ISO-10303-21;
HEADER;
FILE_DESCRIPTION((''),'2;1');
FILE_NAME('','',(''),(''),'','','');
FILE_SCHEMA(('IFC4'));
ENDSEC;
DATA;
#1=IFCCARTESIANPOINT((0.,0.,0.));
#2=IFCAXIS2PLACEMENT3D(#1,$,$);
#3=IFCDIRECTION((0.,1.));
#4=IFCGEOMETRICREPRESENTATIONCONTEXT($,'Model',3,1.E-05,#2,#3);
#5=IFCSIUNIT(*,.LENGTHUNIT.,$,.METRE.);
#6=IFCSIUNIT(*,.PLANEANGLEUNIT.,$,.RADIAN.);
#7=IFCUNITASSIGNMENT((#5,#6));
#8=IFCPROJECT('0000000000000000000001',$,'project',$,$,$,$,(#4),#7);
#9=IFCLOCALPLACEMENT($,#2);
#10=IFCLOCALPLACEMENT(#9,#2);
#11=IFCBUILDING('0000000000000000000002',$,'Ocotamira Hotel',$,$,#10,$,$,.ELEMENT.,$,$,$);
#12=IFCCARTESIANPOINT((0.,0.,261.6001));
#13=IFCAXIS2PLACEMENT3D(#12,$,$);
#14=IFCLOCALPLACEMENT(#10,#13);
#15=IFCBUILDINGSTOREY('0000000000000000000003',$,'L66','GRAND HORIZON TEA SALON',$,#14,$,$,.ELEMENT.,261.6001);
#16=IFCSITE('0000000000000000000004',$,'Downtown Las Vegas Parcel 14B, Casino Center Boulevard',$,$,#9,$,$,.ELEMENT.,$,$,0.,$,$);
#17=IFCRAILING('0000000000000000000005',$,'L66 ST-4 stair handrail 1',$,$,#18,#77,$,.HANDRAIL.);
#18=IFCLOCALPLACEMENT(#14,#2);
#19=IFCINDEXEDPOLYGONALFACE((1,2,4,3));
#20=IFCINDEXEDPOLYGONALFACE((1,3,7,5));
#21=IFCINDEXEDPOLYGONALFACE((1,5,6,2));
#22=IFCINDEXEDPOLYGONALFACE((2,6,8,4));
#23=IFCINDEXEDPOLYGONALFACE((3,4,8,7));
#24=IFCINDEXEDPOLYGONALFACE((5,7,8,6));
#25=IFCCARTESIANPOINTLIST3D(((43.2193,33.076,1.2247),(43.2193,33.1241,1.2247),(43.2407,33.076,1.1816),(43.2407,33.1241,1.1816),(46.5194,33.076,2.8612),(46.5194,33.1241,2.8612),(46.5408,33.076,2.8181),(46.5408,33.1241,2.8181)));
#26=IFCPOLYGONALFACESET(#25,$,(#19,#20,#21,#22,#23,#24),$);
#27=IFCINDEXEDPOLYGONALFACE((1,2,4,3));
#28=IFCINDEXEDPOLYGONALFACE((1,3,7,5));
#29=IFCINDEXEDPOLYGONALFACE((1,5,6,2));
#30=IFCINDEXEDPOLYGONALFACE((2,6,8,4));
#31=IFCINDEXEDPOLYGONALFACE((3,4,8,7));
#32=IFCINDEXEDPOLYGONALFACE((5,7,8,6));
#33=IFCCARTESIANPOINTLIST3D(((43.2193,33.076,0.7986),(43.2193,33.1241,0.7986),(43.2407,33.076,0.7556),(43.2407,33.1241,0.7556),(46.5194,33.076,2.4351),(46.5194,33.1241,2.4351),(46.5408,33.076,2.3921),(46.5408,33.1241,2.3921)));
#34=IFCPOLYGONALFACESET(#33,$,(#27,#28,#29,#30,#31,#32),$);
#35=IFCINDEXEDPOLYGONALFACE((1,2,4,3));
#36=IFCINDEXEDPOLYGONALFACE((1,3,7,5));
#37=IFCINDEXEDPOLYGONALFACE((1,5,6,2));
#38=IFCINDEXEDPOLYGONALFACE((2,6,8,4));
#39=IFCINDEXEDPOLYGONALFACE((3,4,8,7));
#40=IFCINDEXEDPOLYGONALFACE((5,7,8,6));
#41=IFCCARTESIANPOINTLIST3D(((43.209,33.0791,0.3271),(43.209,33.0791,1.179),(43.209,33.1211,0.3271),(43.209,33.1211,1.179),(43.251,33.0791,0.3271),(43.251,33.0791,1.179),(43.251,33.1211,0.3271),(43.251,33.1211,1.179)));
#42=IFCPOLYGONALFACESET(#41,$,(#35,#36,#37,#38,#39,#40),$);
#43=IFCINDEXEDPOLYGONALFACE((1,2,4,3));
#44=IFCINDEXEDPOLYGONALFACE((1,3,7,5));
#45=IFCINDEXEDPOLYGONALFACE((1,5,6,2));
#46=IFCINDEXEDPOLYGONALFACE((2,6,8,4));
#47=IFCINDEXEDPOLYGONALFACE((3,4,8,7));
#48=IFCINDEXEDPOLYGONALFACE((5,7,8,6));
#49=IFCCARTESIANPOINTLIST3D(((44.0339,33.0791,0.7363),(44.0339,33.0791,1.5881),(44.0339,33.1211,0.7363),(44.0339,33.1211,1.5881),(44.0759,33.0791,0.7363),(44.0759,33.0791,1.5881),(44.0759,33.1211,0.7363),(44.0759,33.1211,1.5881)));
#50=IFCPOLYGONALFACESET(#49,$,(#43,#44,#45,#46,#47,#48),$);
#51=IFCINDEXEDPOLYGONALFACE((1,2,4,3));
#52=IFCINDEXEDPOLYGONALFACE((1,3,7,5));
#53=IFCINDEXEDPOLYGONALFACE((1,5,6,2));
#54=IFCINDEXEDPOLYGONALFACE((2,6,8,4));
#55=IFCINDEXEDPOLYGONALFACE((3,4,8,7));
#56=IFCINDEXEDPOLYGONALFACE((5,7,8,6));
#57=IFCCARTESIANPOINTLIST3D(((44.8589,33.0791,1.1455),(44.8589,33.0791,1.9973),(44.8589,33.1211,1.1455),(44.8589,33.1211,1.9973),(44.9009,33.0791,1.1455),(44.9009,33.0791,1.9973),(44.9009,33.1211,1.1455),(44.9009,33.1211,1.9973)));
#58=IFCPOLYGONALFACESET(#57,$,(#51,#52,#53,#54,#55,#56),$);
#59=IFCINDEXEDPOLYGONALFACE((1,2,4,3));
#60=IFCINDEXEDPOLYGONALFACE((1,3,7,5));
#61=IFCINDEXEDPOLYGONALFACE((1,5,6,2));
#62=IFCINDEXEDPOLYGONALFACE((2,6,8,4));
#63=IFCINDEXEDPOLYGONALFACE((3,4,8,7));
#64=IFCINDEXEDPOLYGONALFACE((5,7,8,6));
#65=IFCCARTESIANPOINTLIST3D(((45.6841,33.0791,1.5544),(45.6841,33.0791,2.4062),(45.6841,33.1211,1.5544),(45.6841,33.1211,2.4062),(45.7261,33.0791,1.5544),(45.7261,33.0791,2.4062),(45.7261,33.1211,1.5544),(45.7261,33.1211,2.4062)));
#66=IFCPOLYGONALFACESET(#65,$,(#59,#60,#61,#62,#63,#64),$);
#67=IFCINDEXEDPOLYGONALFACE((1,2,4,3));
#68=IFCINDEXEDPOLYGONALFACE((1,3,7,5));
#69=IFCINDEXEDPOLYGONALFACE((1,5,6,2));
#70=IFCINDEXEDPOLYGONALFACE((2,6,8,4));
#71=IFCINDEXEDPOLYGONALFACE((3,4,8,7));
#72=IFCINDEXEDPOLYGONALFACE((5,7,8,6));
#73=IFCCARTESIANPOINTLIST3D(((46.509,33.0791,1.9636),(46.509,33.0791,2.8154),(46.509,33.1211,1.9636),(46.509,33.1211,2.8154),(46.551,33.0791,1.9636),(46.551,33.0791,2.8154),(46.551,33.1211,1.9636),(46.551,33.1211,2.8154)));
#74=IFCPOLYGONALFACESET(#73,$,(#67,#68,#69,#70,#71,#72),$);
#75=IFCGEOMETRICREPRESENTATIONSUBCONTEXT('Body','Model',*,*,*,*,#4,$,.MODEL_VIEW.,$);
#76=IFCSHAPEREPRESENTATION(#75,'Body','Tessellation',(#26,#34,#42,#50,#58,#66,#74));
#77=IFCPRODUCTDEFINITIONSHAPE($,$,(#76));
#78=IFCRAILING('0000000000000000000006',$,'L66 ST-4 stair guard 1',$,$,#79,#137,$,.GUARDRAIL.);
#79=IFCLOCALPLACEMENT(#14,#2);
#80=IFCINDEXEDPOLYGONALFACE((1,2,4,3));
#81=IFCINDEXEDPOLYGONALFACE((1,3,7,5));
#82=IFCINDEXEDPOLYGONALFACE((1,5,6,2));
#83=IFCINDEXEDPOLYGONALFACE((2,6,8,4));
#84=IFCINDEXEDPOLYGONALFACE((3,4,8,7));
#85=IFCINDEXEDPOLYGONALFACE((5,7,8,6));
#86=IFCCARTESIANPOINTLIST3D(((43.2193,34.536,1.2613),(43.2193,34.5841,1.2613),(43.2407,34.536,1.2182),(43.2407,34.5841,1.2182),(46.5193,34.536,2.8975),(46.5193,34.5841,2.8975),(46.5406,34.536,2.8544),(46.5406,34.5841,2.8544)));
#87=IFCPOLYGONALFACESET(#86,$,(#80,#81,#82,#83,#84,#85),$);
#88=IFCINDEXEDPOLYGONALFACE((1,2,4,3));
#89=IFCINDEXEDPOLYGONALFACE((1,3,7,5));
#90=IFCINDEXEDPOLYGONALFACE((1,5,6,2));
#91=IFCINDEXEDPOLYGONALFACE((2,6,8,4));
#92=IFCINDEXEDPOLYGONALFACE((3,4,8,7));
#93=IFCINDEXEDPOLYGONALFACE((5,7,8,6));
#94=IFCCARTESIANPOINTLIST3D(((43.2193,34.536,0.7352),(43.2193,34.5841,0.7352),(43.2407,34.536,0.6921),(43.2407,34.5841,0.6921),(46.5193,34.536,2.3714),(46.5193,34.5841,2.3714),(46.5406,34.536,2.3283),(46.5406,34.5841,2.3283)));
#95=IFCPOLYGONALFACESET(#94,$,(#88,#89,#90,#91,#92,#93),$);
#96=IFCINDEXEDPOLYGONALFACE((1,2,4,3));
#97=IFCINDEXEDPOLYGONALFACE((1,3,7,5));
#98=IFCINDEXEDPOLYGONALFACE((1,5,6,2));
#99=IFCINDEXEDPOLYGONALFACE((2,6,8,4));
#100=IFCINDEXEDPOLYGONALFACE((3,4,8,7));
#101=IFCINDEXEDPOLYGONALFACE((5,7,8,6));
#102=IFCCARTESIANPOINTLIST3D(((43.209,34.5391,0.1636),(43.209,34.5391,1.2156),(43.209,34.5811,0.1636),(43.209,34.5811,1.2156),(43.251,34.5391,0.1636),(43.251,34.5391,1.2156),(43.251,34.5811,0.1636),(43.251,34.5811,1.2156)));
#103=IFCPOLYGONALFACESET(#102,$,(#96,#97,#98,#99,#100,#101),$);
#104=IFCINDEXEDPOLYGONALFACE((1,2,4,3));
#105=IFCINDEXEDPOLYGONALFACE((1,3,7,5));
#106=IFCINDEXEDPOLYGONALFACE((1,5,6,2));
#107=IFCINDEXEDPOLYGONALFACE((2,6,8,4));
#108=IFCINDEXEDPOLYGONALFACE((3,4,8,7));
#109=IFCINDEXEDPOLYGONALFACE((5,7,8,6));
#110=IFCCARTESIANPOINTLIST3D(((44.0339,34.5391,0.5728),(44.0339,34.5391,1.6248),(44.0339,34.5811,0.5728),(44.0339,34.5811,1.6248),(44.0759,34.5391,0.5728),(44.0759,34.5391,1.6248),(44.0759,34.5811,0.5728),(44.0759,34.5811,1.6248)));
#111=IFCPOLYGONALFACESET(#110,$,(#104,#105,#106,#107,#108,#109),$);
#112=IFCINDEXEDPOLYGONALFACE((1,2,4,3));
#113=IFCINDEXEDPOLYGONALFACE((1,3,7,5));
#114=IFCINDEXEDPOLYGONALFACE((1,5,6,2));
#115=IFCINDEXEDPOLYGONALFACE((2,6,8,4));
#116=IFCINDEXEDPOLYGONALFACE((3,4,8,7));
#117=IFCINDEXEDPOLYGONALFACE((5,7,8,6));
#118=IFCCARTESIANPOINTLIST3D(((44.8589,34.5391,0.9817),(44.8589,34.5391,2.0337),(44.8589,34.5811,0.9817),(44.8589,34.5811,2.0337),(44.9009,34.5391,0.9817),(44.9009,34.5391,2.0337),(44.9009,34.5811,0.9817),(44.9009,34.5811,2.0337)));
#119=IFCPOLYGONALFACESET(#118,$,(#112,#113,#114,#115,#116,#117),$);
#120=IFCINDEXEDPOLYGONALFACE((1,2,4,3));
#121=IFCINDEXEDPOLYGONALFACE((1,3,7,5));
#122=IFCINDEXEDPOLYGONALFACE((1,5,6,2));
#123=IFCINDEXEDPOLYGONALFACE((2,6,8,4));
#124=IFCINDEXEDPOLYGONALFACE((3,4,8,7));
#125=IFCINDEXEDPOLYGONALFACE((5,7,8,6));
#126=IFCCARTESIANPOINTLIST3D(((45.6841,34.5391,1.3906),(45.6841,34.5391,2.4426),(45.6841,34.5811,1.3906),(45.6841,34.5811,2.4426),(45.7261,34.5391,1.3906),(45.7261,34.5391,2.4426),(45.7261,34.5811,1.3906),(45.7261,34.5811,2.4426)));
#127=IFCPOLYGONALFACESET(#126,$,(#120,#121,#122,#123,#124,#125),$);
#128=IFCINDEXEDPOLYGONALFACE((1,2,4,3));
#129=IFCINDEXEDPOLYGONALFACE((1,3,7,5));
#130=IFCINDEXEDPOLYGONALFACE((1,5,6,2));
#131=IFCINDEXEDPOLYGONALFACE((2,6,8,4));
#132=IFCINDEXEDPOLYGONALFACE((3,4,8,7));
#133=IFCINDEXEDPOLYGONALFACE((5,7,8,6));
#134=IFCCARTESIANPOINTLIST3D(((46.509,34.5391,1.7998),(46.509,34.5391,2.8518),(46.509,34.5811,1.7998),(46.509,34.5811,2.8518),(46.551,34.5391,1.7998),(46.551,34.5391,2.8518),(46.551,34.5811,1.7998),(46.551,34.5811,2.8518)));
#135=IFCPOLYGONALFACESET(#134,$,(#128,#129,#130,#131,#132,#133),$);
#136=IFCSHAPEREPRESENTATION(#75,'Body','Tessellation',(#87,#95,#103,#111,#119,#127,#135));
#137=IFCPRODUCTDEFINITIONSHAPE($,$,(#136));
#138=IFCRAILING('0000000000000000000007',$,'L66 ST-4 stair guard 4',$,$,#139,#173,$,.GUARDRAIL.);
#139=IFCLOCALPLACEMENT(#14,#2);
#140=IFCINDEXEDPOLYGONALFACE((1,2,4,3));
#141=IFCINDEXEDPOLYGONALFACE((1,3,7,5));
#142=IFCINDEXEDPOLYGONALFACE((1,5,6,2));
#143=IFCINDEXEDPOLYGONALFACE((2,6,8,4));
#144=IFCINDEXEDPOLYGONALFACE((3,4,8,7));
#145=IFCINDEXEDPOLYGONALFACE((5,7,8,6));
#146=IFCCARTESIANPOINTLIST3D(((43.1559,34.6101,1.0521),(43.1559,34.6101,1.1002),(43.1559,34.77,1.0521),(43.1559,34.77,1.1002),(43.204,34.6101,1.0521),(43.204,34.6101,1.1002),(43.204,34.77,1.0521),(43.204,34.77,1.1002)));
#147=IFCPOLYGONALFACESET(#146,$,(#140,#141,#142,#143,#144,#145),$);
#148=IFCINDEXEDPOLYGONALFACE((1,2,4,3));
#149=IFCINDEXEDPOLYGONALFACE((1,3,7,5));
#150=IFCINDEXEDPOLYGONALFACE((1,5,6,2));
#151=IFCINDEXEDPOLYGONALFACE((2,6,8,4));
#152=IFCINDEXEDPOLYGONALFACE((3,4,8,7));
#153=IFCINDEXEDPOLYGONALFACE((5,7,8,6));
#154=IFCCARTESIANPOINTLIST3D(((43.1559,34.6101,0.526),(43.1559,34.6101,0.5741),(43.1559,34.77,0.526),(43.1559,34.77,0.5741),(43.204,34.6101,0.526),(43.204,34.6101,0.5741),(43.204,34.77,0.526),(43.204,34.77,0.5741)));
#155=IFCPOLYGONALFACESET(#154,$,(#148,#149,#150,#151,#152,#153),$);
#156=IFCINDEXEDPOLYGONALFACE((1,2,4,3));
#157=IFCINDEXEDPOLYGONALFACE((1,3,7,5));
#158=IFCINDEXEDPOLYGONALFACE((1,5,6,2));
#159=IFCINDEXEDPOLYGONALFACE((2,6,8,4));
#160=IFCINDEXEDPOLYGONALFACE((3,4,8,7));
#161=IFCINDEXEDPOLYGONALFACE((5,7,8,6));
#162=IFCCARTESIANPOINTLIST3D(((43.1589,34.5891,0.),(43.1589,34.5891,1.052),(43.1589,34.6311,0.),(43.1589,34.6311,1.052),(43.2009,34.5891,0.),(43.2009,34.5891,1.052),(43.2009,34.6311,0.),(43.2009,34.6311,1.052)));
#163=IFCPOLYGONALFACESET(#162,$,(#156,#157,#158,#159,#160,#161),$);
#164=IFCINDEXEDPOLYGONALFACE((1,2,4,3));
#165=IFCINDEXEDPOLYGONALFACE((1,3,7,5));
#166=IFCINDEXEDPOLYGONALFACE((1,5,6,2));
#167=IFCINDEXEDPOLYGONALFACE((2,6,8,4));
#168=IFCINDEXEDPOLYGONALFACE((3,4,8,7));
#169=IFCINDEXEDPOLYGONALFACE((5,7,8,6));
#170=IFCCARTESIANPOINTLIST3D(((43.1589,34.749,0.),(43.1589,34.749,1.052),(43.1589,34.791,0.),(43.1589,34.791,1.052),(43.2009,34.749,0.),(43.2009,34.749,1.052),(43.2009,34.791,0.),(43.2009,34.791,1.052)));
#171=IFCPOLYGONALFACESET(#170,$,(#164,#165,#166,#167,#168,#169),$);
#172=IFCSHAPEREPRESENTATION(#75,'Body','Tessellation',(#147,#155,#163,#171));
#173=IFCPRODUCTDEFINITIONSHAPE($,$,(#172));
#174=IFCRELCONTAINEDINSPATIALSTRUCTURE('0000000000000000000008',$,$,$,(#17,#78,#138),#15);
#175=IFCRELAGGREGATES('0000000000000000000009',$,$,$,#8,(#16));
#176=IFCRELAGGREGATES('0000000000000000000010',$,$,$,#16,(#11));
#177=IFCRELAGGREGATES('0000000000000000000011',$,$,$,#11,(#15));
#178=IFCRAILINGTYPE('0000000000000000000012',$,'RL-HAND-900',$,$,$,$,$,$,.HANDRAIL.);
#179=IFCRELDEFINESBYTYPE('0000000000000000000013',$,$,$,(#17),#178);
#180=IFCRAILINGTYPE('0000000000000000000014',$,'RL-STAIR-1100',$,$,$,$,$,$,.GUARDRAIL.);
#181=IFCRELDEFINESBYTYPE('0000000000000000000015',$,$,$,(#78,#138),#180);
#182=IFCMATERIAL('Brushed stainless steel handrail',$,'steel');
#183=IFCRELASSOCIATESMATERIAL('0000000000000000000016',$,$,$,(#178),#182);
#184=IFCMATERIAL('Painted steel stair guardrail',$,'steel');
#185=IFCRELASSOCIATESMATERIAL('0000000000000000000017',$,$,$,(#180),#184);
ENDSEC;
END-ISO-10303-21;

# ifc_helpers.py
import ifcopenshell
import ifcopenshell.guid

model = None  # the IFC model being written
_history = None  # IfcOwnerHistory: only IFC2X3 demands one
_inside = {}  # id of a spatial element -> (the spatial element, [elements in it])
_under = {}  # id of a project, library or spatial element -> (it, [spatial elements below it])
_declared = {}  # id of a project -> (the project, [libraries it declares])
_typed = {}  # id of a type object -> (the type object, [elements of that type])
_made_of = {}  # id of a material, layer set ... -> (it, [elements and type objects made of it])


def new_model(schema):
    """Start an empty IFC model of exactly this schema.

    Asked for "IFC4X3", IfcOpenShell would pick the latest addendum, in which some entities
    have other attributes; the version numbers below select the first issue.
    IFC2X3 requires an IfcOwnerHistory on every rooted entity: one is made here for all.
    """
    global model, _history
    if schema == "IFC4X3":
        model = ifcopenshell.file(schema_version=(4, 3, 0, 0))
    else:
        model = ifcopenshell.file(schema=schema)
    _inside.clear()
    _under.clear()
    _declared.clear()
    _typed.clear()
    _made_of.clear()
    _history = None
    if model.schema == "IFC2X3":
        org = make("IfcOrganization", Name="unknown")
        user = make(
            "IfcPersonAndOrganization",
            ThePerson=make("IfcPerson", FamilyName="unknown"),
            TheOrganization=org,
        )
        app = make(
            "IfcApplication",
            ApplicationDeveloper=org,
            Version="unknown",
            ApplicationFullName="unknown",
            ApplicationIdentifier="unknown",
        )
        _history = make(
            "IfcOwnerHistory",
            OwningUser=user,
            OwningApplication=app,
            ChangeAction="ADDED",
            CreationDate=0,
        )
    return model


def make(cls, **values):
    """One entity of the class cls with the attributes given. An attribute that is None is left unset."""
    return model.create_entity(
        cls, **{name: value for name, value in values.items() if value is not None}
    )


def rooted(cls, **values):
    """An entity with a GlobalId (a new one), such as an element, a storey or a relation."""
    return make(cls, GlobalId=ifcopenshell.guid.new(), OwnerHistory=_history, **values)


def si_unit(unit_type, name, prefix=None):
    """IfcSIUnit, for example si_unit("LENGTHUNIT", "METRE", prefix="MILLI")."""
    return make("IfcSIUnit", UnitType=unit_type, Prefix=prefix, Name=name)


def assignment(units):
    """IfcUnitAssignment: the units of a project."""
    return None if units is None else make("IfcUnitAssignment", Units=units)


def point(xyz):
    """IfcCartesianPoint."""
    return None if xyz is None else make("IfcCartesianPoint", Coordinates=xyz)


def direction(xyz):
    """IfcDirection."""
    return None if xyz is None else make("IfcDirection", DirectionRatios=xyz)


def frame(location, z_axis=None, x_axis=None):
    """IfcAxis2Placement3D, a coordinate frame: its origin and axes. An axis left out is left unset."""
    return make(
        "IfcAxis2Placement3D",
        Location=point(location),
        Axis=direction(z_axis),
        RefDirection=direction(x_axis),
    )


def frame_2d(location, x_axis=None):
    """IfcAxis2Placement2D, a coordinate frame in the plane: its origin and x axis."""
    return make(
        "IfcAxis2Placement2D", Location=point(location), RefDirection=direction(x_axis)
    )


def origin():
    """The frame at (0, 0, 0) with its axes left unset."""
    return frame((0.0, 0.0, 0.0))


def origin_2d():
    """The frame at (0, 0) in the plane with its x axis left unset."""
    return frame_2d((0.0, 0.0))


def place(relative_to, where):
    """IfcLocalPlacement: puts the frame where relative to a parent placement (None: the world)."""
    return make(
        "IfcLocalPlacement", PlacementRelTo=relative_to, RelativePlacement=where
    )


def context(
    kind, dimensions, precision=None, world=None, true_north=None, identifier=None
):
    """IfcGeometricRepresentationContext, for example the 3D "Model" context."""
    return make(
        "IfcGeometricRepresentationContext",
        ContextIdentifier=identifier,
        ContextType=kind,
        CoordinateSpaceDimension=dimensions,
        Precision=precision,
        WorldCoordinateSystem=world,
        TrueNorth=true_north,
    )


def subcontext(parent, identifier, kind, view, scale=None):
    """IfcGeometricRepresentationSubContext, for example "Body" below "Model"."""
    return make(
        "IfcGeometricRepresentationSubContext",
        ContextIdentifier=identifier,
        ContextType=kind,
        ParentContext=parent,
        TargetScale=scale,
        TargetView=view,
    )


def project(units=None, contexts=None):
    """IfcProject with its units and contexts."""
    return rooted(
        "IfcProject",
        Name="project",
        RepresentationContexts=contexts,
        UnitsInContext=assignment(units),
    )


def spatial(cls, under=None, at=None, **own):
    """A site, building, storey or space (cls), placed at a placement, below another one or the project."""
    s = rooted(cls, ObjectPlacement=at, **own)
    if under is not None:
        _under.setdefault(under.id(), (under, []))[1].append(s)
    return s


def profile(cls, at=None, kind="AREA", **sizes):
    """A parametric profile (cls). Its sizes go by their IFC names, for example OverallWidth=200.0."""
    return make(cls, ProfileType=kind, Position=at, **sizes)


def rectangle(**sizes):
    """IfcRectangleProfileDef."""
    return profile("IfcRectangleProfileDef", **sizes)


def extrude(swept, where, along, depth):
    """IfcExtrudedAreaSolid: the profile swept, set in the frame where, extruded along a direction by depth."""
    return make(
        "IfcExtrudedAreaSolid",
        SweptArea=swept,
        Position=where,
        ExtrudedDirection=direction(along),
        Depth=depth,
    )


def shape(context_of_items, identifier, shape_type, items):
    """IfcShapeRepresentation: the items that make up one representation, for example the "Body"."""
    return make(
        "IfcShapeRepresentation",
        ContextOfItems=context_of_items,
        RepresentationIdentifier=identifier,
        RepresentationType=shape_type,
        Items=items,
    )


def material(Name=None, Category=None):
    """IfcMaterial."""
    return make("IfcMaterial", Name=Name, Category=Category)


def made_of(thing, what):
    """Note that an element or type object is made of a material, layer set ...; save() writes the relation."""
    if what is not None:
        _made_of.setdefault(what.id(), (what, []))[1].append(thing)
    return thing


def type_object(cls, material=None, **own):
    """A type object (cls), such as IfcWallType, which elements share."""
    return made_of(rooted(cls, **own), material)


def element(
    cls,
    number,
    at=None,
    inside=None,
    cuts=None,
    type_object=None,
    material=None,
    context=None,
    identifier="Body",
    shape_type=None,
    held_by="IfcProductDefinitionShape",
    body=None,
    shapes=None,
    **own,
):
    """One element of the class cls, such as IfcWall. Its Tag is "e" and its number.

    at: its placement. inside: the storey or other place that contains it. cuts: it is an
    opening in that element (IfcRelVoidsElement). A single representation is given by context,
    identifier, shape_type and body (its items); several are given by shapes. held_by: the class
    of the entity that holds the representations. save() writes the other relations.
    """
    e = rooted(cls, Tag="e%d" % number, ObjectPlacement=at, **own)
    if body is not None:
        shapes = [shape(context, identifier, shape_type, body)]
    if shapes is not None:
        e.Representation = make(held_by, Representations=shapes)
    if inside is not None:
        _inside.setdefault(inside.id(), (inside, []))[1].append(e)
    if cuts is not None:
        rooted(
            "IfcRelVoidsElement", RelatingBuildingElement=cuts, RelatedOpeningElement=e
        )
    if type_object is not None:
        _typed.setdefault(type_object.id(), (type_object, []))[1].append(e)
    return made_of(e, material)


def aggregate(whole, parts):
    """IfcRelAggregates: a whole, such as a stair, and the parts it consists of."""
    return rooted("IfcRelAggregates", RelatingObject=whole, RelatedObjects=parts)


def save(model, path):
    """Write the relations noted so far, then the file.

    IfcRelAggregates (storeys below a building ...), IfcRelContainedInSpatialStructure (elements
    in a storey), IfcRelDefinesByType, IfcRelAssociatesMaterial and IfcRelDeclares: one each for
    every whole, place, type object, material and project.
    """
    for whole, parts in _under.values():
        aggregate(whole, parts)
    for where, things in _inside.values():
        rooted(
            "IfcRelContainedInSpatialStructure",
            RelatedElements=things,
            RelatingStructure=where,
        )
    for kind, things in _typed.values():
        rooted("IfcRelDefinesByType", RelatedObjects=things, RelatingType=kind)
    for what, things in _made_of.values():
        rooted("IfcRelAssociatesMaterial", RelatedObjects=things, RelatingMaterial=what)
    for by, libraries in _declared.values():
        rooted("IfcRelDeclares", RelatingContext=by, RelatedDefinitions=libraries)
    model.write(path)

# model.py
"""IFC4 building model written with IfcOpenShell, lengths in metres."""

from ifc_helpers import new_model, si_unit, direction, frame, origin, origin_2d, place, context, subcontext, project, spatial, rectangle, extrude, material, type_object, element, save


model = new_model("IFC4")

# Units and contexts
model_context = context("Model", 3, precision=1e-05, world=origin(), true_north=direction((0.0, 1.0)))
body_context = subcontext(model_context, "Body", "Model", "MODEL_VIEW")
ifc_project = project(units=[si_unit("LENGTHUNIT", "METRE"), si_unit("PLANEANGLEUNIT", "RADIAN")], contexts=[model_context])

# Site, building, storey
site_placement = place(None, origin())
site = spatial("IfcSite", under=ifc_project, at=site_placement, Name="Downtown Las Vegas Parcel 14B, Casino Center Boulevard", CompositionType="ELEMENT", RefElevation=0.0)
building_placement = place(site_placement, origin())
building = spatial("IfcBuilding", under=site, at=building_placement, Name="Ocotamira Hotel", CompositionType="ELEMENT")
storey_placement = place(building_placement, frame((0.0, 0.0, 261.6001)))
storey = spatial("IfcBuildingStorey", under=building, at=storey_placement, Name="L66", Description="GRAND HORIZON TEA SALON", CompositionType="ELEMENT", Elevation=261.6001)

# Railings
ifc_material_1 = material(Name="Brushed stainless steel handrail", Category="steel")
railing_type_1 = type_object("IfcRailingType", Name="RL-HAND-900", PredefinedType="HANDRAIL", material=ifc_material_1)
railing_1_placement = place(storey_placement, frame((43.23, 33.1001, 0.3271)))
element("IfcRailing", 1, at=railing_1_placement, inside=storey, type_object=railing_type_1, Name="L66 ST-4 stair handrail 1", PredefinedType="HANDRAIL", context=body_context, shape_type="SweptSolid", body=[
    extrude(rectangle(XDim=0.0481, YDim=0.0481, at=origin_2d()), frame((0.0, 0.0, 0.876), z_axis=(0.895894, 0.0, 0.444268), x_axis=(0.0, 1.0, 0.0)), (0.0, 0.0, 1.0), 3.6836),
    extrude(rectangle(XDim=0.0481, YDim=0.0481, at=origin_2d()), frame((0.0, 0.0, 0.45), z_axis=(0.895894, 0.0, 0.444268), x_axis=(0.0, 1.0, 0.0)), (0.0, 0.0, 1.0), 3.6836),
    extrude(rectangle(XDim=0.042, YDim=0.042, at=origin_2d()), origin(), (0.0, 0.0, 1.0), 0.8518),
    extrude(rectangle(XDim=0.042, YDim=0.042, at=origin_2d()), frame((0.825, 0.0, 0.4092)), (0.0, 0.0, 1.0), 0.8518),
    extrude(rectangle(XDim=0.042, YDim=0.042, at=origin_2d()), frame((1.6499, 0.0, 0.8184)), (0.0, 0.0, 1.0), 0.8518),
    extrude(rectangle(XDim=0.042, YDim=0.042, at=origin_2d()), frame((2.4751, 0.0, 1.2273)), (0.0, 0.0, 1.0), 0.8518),
    extrude(rectangle(XDim=0.042, YDim=0.042, at=origin_2d()), frame((3.3, 0.0, 1.6365)), (0.0, 0.0, 1.0), 0.8518),
])
ifc_material_2 = material(Name="Painted steel stair guardrail", Category="steel")
railing_type_2 = type_object("IfcRailingType", Name="RL-STAIR-1100", PredefinedType="GUARDRAIL", material=ifc_material_2)
railing_2_placement = place(storey_placement, frame((43.23, 34.5601, 0.1636)))
element("IfcRailing", 2, at=railing_2_placement, inside=storey, type_object=railing_type_2, Name="L66 ST-4 stair guard 1", PredefinedType="GUARDRAIL", context=body_context, shape_type="SweptSolid", body=[
    extrude(rectangle(XDim=0.0481, YDim=0.0481, at=origin_2d()), frame((0.0, 0.0, 1.0762), z_axis=(0.89592, 0.0, 0.444215), x_axis=(0.0, 1.0, 0.0)), (0.0, 0.0, 1.0), 3.6833),
    extrude(rectangle(XDim=0.0481, YDim=0.0481, at=origin_2d()), frame((0.0, 0.0, 0.55), z_axis=(0.89592, 0.0, 0.444215), x_axis=(0.0, 1.0, 0.0)), (0.0, 0.0, 1.0), 3.6833),
    extrude(rectangle(XDim=0.042, YDim=0.042, at=origin_2d()), origin(), (0.0, 0.0, 1.0), 1.052),
    extrude(rectangle(XDim=0.042, YDim=0.042, at=origin_2d()), frame((0.825, 0.0, 0.4092)), (0.0, 0.0, 1.0), 1.052),
    extrude(rectangle(XDim=0.042, YDim=0.042, at=origin_2d()), frame((1.6499, 0.0, 0.8181)), (0.0, 0.0, 1.0), 1.052),
    extrude(rectangle(XDim=0.042, YDim=0.042, at=origin_2d()), frame((2.4751, 0.0, 1.2271)), (0.0, 0.0, 1.0), 1.052),
    extrude(rectangle(XDim=0.042, YDim=0.042, at=origin_2d()), frame((3.3, 0.0, 1.6362)), (0.0, 0.0, 1.0), 1.052),
])
railing_3_placement = place(storey_placement, frame((43.1799, 34.6101, 0.0)))
element("IfcRailing", 3, at=railing_3_placement, inside=storey, type_object=railing_type_2, Name="L66 ST-4 stair guard 4", PredefinedType="GUARDRAIL", context=body_context, shape_type="SweptSolid", body=[
    extrude(rectangle(XDim=0.0481, YDim=0.0481, at=origin_2d()), frame((0.0, 0.0, 1.0762), z_axis=(0.0, 1.0, 0.0), x_axis=(-1.0, 0.0, 0.0)), (0.0, 0.0, 1.0), 0.1599),
    extrude(rectangle(XDim=0.0481, YDim=0.0481, at=origin_2d()), frame((0.0, 0.0, 0.55), z_axis=(0.0, 1.0, 0.0), x_axis=(-1.0, 0.0, 0.0)), (0.0, 0.0, 1.0), 0.1599),
    extrude(rectangle(XDim=0.042, YDim=0.042, at=origin_2d()), origin(), (0.0, 0.0, 1.0), 1.052),
    extrude(rectangle(XDim=0.042, YDim=0.042, at=origin_2d()), frame((0.0, 0.1599, 0.0)), (0.0, 0.0, 1.0), 1.052),
])

save(model, "model.ifc")
